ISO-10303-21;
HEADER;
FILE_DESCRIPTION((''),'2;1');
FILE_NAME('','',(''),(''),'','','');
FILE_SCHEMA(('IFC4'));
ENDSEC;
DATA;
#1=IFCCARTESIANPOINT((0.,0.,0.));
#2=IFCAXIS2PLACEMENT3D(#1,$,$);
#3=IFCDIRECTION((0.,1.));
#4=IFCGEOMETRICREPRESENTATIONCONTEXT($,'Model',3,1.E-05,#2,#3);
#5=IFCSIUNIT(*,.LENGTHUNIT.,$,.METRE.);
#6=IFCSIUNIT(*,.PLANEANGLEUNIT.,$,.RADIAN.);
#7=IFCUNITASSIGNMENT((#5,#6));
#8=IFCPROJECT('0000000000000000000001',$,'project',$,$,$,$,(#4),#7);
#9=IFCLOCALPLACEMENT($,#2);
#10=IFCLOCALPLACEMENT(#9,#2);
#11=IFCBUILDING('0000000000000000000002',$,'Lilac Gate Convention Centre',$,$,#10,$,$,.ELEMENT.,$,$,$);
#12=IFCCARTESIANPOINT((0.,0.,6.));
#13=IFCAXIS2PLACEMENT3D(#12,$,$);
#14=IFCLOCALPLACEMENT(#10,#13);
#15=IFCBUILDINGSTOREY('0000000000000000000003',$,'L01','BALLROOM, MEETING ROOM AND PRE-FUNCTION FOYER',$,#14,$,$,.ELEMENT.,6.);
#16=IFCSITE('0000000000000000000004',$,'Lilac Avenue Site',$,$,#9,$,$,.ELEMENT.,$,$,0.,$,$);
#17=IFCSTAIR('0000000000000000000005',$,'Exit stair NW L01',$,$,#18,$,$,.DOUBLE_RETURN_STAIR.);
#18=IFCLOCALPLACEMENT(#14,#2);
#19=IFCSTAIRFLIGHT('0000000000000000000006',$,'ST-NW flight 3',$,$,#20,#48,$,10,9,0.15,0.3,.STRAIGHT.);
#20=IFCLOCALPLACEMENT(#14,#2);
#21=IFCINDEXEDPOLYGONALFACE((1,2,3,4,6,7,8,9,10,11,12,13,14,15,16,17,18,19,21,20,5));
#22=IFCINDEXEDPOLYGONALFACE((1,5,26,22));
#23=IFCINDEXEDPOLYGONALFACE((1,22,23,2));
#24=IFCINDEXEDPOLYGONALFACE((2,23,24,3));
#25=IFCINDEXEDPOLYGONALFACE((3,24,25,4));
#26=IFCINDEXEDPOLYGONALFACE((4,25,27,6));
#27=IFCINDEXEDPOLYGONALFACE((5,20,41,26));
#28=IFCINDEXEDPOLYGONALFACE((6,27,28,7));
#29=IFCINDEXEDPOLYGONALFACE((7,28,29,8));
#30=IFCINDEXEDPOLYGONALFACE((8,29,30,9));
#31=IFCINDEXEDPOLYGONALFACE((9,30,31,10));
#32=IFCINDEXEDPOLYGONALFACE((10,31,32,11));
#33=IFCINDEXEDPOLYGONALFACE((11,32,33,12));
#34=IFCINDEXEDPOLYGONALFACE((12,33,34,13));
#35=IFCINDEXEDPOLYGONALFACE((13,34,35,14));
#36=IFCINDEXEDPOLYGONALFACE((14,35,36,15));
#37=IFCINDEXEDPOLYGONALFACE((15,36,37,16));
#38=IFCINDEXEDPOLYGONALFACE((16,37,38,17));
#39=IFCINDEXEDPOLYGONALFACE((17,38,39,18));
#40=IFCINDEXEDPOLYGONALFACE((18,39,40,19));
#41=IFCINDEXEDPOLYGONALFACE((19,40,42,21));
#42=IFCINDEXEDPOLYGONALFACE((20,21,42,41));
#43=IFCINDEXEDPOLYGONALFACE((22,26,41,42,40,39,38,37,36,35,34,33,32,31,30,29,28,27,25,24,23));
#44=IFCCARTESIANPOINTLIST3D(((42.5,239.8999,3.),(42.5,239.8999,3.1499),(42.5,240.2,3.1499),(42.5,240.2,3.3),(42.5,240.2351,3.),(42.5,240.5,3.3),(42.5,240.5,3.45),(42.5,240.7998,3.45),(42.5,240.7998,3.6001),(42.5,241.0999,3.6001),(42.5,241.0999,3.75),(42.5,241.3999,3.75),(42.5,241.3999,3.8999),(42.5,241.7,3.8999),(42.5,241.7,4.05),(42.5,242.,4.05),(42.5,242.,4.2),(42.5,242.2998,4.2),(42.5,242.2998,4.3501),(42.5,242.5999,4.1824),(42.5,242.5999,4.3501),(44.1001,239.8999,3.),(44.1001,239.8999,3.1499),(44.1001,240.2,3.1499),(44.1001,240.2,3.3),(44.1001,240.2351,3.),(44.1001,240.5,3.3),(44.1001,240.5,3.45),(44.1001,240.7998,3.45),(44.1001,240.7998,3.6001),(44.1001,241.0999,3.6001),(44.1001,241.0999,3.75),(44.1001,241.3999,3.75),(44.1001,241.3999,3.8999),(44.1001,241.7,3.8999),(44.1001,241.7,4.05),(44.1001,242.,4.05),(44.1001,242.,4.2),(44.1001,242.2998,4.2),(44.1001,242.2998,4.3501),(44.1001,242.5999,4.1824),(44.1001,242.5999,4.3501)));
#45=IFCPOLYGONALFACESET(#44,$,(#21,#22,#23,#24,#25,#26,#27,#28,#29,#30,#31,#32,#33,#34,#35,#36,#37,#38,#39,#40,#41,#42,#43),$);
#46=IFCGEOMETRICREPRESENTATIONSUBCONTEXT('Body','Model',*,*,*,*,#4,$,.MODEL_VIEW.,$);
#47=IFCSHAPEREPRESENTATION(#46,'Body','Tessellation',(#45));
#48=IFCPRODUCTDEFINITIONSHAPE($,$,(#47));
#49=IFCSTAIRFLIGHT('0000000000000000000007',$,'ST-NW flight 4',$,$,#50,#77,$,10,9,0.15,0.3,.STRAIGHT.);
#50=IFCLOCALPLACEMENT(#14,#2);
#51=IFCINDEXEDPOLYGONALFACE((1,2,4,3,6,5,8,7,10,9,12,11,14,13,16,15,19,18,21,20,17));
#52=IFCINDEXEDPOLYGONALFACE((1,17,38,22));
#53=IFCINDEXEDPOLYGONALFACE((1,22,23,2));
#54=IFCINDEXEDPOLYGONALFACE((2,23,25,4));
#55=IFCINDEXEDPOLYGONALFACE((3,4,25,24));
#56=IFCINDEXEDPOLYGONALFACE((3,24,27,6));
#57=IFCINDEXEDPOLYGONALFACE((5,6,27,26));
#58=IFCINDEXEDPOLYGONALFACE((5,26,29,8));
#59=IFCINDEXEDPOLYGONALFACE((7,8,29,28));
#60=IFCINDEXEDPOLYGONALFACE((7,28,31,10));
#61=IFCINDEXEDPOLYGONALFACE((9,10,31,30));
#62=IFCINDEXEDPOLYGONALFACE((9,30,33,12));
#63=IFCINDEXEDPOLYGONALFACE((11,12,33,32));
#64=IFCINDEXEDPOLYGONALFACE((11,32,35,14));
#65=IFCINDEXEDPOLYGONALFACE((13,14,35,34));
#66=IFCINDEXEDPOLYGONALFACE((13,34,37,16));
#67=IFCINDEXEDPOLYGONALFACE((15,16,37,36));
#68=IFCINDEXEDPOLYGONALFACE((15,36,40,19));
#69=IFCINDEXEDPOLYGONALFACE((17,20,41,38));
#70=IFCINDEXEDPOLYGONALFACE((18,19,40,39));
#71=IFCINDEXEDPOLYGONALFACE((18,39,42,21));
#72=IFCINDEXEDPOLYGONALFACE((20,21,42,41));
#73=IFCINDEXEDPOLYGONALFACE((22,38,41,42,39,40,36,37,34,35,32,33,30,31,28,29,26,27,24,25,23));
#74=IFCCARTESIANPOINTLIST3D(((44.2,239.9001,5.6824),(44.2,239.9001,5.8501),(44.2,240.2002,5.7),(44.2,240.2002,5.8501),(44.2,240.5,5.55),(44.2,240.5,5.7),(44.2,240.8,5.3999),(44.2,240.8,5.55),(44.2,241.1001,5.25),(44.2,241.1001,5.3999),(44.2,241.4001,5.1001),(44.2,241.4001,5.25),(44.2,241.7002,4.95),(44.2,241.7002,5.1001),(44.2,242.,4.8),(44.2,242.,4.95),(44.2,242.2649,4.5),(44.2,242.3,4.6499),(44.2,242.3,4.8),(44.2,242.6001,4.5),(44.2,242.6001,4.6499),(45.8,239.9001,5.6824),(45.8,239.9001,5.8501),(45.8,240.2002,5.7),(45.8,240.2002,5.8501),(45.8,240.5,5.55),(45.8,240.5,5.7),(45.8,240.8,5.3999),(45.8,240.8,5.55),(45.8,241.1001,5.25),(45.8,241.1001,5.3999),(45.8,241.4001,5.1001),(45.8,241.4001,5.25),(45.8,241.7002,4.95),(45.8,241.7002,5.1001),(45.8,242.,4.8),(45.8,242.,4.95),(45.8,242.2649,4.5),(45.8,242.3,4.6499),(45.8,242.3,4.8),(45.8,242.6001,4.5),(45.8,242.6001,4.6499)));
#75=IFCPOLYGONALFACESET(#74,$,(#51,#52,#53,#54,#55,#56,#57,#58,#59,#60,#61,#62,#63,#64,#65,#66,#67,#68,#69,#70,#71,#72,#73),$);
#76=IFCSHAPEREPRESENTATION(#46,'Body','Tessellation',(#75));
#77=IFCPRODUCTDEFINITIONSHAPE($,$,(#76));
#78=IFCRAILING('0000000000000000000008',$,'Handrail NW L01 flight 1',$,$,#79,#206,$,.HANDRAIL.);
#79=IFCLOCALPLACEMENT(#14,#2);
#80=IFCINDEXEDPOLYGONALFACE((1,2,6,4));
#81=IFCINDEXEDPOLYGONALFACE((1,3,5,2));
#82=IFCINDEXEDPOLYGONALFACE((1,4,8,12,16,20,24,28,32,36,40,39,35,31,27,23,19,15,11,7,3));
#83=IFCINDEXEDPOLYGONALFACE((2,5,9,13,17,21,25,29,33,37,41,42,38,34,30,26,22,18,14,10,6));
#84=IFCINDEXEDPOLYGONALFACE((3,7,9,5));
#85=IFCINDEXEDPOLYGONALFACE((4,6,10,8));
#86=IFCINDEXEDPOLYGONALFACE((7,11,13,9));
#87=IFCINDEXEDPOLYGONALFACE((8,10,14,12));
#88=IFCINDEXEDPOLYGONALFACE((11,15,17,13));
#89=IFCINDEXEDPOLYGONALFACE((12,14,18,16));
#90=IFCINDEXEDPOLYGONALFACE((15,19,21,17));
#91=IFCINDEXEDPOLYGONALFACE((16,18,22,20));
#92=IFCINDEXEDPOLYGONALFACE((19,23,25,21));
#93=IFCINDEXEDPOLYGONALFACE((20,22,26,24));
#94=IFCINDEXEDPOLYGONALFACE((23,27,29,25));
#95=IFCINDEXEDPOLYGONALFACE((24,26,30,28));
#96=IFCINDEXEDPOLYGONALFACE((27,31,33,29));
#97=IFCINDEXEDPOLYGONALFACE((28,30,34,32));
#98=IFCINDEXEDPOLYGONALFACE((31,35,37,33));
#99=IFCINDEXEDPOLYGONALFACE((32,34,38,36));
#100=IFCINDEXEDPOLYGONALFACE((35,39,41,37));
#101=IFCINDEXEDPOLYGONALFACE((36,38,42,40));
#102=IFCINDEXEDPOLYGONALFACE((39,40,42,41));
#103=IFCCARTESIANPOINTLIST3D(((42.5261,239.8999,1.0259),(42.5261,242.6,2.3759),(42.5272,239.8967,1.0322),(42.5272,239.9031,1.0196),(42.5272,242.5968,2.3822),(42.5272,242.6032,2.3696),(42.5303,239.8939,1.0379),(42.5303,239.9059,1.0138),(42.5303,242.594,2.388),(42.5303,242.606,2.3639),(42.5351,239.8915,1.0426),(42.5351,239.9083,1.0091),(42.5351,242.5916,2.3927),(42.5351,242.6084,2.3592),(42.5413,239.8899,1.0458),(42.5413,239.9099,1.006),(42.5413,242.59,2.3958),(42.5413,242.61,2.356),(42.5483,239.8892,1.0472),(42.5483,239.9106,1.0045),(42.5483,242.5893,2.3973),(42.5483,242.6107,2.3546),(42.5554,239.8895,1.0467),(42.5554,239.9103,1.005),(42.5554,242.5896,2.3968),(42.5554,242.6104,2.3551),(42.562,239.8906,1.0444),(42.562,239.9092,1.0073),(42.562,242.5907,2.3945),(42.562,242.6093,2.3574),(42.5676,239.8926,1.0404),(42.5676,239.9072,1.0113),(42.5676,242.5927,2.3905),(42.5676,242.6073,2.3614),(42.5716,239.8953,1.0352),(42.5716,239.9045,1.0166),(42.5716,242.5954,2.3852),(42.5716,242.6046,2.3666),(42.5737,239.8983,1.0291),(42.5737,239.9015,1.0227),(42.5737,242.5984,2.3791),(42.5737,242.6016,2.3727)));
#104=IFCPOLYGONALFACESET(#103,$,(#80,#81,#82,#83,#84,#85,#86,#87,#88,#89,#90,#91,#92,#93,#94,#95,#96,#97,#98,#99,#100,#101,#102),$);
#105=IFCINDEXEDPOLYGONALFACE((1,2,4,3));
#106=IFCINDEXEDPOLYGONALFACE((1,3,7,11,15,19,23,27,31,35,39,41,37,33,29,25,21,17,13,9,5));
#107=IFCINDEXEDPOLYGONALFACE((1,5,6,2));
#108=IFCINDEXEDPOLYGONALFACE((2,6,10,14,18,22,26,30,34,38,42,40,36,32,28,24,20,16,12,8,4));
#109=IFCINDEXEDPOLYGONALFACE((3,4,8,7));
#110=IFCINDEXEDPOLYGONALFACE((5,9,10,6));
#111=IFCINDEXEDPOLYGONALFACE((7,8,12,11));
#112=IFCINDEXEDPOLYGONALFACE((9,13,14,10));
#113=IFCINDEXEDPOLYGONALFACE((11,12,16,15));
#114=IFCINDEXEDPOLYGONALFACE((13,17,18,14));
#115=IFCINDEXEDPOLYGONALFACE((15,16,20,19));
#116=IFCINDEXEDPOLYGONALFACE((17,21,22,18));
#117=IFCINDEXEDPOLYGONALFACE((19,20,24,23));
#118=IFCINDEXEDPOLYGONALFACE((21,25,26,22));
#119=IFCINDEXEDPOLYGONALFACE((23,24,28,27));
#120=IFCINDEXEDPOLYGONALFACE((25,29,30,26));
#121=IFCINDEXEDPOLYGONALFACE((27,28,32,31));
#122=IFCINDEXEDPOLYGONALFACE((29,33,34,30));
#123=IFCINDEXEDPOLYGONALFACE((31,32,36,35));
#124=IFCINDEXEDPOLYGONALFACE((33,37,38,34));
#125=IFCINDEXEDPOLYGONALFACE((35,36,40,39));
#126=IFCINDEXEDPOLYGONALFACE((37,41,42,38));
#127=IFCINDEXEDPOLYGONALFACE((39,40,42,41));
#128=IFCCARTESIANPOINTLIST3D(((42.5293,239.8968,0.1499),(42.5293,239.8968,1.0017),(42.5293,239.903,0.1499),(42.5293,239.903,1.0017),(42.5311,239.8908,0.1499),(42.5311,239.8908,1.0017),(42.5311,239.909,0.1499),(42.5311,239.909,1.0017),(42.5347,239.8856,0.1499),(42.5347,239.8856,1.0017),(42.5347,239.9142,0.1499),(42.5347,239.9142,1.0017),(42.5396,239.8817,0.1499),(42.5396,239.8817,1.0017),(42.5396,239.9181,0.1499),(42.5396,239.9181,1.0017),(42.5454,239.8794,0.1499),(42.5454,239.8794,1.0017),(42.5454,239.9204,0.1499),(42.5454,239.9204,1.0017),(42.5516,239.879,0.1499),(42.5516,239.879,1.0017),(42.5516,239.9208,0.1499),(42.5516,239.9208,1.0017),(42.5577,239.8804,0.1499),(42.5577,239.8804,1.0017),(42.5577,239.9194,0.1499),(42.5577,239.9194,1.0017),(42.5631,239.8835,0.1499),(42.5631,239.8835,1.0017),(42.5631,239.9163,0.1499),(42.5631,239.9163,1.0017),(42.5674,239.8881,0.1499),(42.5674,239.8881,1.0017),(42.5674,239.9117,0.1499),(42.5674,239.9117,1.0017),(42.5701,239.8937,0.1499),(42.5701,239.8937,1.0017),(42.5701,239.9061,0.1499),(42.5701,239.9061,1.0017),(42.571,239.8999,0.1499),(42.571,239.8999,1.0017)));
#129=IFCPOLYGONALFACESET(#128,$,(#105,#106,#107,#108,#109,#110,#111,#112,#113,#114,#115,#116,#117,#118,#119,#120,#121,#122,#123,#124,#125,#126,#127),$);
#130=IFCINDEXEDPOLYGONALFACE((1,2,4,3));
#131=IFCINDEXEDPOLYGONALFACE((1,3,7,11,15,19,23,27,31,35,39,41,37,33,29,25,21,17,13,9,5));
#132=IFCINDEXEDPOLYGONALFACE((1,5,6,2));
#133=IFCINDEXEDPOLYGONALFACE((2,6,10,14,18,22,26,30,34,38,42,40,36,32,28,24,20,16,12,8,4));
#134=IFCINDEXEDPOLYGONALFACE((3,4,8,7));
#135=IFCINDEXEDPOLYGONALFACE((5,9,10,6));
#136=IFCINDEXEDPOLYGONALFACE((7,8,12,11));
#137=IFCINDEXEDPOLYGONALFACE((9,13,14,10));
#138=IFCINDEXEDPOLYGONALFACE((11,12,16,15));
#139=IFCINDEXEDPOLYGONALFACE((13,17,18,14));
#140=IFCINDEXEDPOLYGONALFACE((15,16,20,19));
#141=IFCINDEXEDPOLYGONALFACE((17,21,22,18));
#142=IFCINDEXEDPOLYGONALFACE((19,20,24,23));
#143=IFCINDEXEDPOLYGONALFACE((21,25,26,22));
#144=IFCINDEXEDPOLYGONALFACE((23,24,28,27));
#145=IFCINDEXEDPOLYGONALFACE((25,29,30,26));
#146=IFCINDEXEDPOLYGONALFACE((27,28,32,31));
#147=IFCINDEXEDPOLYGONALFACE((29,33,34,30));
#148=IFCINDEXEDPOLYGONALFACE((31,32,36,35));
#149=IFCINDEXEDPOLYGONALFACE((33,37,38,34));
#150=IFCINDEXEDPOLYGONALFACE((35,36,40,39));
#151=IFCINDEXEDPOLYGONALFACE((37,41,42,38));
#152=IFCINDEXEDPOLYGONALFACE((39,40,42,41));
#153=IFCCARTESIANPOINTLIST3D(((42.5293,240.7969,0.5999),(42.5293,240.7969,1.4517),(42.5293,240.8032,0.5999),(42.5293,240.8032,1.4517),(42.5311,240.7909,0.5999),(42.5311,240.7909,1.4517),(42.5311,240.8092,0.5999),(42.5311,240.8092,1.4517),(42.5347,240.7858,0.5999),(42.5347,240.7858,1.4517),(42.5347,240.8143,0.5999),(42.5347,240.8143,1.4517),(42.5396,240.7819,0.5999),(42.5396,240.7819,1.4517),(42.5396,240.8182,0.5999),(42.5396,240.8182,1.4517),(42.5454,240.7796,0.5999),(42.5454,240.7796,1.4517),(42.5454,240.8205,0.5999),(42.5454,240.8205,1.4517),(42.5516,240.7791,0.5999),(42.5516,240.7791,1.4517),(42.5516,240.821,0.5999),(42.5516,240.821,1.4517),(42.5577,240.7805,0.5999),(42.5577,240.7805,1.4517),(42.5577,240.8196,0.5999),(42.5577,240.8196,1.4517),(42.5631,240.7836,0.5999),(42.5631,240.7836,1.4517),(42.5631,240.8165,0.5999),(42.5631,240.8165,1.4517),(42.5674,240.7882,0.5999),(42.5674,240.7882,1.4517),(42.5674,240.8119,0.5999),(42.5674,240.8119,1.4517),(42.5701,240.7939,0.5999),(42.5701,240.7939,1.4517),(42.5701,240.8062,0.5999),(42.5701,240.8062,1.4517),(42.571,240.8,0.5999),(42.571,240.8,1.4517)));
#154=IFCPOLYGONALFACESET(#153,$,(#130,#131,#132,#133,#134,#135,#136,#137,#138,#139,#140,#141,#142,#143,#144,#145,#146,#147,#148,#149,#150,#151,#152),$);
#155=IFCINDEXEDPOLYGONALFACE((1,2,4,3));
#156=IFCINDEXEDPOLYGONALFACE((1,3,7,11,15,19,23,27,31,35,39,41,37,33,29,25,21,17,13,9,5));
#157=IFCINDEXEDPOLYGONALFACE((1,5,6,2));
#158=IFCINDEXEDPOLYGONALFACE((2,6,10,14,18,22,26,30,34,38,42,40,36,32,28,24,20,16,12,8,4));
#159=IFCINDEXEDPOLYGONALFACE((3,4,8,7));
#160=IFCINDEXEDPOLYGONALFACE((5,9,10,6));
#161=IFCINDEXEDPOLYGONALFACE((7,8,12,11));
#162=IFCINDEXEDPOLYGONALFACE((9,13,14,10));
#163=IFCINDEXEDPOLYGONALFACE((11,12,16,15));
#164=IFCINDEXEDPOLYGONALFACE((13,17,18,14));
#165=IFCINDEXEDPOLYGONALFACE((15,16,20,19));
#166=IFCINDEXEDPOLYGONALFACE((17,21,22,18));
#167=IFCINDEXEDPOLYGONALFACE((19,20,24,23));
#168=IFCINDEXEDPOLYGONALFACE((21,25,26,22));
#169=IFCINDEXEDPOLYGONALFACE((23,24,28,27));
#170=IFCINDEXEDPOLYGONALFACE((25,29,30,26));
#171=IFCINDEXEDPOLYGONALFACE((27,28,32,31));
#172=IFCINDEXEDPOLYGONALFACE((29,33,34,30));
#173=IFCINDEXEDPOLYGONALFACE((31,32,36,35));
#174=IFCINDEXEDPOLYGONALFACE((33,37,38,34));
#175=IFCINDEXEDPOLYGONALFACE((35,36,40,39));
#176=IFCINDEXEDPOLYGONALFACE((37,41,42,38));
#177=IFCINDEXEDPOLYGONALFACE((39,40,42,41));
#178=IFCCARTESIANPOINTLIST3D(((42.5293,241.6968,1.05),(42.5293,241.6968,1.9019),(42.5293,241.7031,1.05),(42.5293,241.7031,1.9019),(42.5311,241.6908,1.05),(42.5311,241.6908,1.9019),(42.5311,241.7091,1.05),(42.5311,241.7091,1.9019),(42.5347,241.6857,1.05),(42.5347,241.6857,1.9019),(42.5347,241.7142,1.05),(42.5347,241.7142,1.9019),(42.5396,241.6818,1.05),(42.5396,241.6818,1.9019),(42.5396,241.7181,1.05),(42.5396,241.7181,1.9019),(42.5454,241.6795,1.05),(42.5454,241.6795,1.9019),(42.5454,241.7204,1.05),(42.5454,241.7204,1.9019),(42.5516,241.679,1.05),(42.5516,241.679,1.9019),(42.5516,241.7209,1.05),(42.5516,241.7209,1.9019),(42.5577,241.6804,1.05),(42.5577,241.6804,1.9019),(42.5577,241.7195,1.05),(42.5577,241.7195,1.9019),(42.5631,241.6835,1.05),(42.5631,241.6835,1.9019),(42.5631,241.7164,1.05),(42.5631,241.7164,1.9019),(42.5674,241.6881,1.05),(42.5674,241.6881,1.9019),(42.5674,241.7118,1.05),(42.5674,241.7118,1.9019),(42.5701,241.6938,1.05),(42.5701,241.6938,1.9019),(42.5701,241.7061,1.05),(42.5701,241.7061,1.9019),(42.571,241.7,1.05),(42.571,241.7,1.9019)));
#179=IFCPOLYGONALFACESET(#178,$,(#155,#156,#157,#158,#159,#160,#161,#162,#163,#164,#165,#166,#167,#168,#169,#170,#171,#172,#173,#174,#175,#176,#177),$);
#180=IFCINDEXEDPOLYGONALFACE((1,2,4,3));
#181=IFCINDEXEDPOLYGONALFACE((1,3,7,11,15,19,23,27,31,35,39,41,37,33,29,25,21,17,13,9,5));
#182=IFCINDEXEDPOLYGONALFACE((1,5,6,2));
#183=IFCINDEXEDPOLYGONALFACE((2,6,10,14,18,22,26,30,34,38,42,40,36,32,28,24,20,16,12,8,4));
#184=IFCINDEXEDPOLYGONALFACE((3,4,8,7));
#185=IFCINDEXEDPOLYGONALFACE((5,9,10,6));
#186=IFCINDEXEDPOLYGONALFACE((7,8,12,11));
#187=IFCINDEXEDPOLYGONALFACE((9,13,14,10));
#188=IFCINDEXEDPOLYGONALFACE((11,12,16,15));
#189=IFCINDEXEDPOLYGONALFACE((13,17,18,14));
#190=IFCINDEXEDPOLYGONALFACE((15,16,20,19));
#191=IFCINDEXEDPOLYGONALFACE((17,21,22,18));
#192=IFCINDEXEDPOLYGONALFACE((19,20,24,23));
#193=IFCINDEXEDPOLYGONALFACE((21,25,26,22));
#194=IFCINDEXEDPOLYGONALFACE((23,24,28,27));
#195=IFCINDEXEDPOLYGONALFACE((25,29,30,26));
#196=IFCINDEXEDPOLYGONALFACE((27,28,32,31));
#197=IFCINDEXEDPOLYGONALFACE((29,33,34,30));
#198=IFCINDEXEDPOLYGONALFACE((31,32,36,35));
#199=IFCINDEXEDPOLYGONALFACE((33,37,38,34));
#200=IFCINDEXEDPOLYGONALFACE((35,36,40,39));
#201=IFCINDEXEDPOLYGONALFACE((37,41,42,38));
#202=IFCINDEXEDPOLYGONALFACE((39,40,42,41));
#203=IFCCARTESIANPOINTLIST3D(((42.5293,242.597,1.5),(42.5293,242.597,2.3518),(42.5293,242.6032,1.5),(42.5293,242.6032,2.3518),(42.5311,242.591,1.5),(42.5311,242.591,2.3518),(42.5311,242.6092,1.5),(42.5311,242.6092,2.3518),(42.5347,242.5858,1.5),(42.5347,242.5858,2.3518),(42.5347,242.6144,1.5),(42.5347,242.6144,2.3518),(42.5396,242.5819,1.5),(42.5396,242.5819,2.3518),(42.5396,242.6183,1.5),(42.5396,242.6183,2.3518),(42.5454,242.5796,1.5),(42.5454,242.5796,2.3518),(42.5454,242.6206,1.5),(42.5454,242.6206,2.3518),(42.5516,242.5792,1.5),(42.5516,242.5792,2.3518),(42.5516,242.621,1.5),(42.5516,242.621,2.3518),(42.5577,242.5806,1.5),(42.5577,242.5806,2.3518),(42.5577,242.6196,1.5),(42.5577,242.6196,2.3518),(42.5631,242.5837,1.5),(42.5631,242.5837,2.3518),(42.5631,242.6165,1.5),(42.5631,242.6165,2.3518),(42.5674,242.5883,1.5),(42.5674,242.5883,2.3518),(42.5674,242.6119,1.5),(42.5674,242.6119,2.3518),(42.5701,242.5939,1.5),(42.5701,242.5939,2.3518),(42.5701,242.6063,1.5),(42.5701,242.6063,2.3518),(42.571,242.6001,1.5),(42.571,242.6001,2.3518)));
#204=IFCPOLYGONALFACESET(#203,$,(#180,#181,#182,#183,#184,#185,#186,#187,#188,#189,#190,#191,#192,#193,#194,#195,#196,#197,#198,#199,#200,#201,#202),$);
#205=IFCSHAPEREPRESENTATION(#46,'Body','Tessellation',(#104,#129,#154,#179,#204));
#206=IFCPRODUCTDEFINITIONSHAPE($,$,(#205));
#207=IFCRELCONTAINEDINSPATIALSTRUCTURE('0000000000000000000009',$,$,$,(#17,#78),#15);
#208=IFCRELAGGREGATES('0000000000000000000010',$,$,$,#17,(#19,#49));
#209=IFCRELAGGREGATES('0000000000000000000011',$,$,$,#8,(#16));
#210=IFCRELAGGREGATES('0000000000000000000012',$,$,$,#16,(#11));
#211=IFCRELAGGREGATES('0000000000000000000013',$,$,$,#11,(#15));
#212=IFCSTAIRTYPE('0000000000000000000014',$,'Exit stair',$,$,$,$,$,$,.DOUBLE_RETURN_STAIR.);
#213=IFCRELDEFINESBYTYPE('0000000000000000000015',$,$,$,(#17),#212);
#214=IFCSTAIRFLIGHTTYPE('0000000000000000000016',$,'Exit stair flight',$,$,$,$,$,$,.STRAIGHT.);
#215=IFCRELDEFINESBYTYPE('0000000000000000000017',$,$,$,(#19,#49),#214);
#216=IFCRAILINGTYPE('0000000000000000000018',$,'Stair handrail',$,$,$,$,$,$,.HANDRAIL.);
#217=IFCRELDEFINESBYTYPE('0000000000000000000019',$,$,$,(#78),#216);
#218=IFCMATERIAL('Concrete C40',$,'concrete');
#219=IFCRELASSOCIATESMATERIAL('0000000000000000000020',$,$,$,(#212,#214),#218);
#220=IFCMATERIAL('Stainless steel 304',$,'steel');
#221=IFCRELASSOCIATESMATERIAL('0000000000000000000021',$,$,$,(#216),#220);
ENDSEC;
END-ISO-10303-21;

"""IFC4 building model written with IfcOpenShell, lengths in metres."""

from ifc_helpers import new_model, si_unit, direction, frame, origin, origin_2d, place, context, subcontext, project, spatial, polyline, circle, outline, extrude, material, type_object, element, aggregate, save


model = new_model("IFC4")

# Units and contexts
model_context = context("Model", 3, precision=1e-05, world=origin(), true_north=direction((0.0, 1.0)))
body_context = subcontext(model_context, "Body", "Model", "MODEL_VIEW")
ifc_project = project(units=[si_unit("LENGTHUNIT", "METRE"), si_unit("PLANEANGLEUNIT", "RADIAN")], contexts=[model_context])

# Site, building, storey
site_placement = place(None, origin())
site = spatial("IfcSite", under=ifc_project, at=site_placement, Name="Lilac Avenue Site", CompositionType="ELEMENT", RefElevation=0.0)
building_placement = place(site_placement, origin())
building = spatial("IfcBuilding", under=site, at=building_placement, Name="Lilac Gate Convention Centre", CompositionType="ELEMENT")
storey_placement = place(building_placement, frame((0.0, 0.0, 6.0)))
storey = spatial("IfcBuildingStorey", under=building, at=storey_placement, Name="L01", Description="BALLROOM, MEETING ROOM AND PRE-FUNCTION FOYER", CompositionType="ELEMENT", Elevation=6.0)

# Shared definitions
ifc_material_1 = material(Name="Concrete C40", Category="concrete")

# Stair, stair flights
stair_type = type_object("IfcStairType", Name="Exit stair", PredefinedType="DOUBLE_RETURN_STAIR", material=ifc_material_1)
stair_placement = place(storey_placement, origin())
stair = element("IfcStair", 1, at=stair_placement, inside=storey, type_object=stair_type, Name="Exit stair NW L01", PredefinedType="DOUBLE_RETURN_STAIR")
stair_flight_type = type_object("IfcStairFlightType", Name="Exit stair flight", PredefinedType="STRAIGHT", material=ifc_material_1)
stair_flight_1_placement = place(storey_placement, frame((43.3, 239.8999, 3.0), z_axis=(0.0, 0.0, 1.0), x_axis=(0.0, 1.0, 0.0)))
stair_flight_1 = element("IfcStairFlight", 2, at=stair_flight_1_placement, type_object=stair_flight_type, Name="ST-NW flight 3", NumberOfRisers=10, NumberOfTreads=9, PredefinedType="STRAIGHT", RiserHeight=0.15, TreadLength=0.3, context=body_context, shape_type="SweptSolid", body=[
    extrude(outline(polyline([(0.0, 0.0), (0.0, 0.1499), (0.3, 0.1499), (0.3, 0.3), (0.6001, 0.3), (0.6001, 0.45), (0.8999, 0.45), (0.8999, 0.6001), (1.2, 0.6001), (1.2, 0.75), (1.5, 0.75), (1.5, 0.8999), (1.8, 0.8999), (1.8, 1.05), (2.1001, 1.05), (2.1001, 1.2), (2.3999, 1.2), (2.3999, 1.3501), (2.7, 1.3501), (2.7, 1.5), (2.7, 1.1824), (0.3352, 0.0), (0.0, 0.0)])), frame((0.0, 0.8, 0.0), z_axis=(0.0, -1.0, 0.0), x_axis=(1.0, 0.0, 0.0)), (0.0, 0.0, 1.0), 1.6001),
])
stair_flight_2_placement = place(storey_placement, frame((45.0, 242.6001, 4.5), z_axis=(0.0, 0.0, 1.0), x_axis=(0.0, -1.0, 0.0)))
stair_flight_2 = element("IfcStairFlight", 3, at=stair_flight_2_placement, type_object=stair_flight_type, Name="ST-NW flight 4", NumberOfRisers=10, NumberOfTreads=9, PredefinedType="STRAIGHT", RiserHeight=0.15, TreadLength=0.3, context=body_context, shape_type="SweptSolid", body=[
    extrude(outline(polyline([(0.0, 0.0), (0.0, 0.1499), (0.3, 0.1499), (0.3, 0.3), (0.6001, 0.3), (0.6001, 0.45), (0.8999, 0.45), (0.8999, 0.6001), (1.2, 0.6001), (1.2, 0.75), (1.5, 0.75), (1.5, 0.8999), (1.8, 0.8999), (1.8, 1.05), (2.1001, 1.05), (2.1001, 1.2), (2.3999, 1.2), (2.3999, 1.3501), (2.7, 1.3501), (2.7, 1.5), (2.7, 1.1824), (0.3352, 0.0), (0.0, 0.0)])), frame((0.0, 0.8, 0.0), z_axis=(0.0, -1.0, 0.0), x_axis=(1.0, 0.0, 0.0)), (0.0, 0.0, 1.0), 1.6001),
])
aggregate(stair, [stair_flight_1, stair_flight_2])

# Railing
ifc_material_2 = material(Name="Stainless steel 304", Category="steel")
railing_type = type_object("IfcRailingType", Name="Stair handrail", PredefinedType="HANDRAIL", material=ifc_material_2)
for number, where, name in (
    (4, (42.55, 239.8999, 0.1499), "Handrail NW L01 flight 1"),
):
    element("IfcRailing", number, at=place(storey_placement, frame(where)), inside=storey, type_object=railing_type, Name=name, PredefinedType="HANDRAIL", context=body_context, shape_type="SweptSolid", body=[
        extrude(circle(Radius=0.0239, at=origin_2d()), frame((0.0, 0.0, 0.876), z_axis=(0.0, 0.894427, 0.447214), x_axis=(-1.0, 0.0, 0.0)), (0.0, 0.0, 1.0), 3.0188),
        extrude(circle(Radius=0.021, at=origin_2d()), origin(), (0.0, 0.0, 1.0), 0.8518),
        extrude(circle(Radius=0.021, at=origin_2d()), frame((0.0, 0.9001, 0.45)), (0.0, 0.0, 1.0), 0.8518),
        extrude(circle(Radius=0.021, at=origin_2d()), frame((0.0, 1.8, 0.9001)), (0.0, 0.0, 1.0), 0.8518),
        extrude(circle(Radius=0.021, at=origin_2d()), frame((0.0, 2.7002, 1.3501)), (0.0, 0.0, 1.0), 0.8518),
    ])

save(model, "model.ifc")
